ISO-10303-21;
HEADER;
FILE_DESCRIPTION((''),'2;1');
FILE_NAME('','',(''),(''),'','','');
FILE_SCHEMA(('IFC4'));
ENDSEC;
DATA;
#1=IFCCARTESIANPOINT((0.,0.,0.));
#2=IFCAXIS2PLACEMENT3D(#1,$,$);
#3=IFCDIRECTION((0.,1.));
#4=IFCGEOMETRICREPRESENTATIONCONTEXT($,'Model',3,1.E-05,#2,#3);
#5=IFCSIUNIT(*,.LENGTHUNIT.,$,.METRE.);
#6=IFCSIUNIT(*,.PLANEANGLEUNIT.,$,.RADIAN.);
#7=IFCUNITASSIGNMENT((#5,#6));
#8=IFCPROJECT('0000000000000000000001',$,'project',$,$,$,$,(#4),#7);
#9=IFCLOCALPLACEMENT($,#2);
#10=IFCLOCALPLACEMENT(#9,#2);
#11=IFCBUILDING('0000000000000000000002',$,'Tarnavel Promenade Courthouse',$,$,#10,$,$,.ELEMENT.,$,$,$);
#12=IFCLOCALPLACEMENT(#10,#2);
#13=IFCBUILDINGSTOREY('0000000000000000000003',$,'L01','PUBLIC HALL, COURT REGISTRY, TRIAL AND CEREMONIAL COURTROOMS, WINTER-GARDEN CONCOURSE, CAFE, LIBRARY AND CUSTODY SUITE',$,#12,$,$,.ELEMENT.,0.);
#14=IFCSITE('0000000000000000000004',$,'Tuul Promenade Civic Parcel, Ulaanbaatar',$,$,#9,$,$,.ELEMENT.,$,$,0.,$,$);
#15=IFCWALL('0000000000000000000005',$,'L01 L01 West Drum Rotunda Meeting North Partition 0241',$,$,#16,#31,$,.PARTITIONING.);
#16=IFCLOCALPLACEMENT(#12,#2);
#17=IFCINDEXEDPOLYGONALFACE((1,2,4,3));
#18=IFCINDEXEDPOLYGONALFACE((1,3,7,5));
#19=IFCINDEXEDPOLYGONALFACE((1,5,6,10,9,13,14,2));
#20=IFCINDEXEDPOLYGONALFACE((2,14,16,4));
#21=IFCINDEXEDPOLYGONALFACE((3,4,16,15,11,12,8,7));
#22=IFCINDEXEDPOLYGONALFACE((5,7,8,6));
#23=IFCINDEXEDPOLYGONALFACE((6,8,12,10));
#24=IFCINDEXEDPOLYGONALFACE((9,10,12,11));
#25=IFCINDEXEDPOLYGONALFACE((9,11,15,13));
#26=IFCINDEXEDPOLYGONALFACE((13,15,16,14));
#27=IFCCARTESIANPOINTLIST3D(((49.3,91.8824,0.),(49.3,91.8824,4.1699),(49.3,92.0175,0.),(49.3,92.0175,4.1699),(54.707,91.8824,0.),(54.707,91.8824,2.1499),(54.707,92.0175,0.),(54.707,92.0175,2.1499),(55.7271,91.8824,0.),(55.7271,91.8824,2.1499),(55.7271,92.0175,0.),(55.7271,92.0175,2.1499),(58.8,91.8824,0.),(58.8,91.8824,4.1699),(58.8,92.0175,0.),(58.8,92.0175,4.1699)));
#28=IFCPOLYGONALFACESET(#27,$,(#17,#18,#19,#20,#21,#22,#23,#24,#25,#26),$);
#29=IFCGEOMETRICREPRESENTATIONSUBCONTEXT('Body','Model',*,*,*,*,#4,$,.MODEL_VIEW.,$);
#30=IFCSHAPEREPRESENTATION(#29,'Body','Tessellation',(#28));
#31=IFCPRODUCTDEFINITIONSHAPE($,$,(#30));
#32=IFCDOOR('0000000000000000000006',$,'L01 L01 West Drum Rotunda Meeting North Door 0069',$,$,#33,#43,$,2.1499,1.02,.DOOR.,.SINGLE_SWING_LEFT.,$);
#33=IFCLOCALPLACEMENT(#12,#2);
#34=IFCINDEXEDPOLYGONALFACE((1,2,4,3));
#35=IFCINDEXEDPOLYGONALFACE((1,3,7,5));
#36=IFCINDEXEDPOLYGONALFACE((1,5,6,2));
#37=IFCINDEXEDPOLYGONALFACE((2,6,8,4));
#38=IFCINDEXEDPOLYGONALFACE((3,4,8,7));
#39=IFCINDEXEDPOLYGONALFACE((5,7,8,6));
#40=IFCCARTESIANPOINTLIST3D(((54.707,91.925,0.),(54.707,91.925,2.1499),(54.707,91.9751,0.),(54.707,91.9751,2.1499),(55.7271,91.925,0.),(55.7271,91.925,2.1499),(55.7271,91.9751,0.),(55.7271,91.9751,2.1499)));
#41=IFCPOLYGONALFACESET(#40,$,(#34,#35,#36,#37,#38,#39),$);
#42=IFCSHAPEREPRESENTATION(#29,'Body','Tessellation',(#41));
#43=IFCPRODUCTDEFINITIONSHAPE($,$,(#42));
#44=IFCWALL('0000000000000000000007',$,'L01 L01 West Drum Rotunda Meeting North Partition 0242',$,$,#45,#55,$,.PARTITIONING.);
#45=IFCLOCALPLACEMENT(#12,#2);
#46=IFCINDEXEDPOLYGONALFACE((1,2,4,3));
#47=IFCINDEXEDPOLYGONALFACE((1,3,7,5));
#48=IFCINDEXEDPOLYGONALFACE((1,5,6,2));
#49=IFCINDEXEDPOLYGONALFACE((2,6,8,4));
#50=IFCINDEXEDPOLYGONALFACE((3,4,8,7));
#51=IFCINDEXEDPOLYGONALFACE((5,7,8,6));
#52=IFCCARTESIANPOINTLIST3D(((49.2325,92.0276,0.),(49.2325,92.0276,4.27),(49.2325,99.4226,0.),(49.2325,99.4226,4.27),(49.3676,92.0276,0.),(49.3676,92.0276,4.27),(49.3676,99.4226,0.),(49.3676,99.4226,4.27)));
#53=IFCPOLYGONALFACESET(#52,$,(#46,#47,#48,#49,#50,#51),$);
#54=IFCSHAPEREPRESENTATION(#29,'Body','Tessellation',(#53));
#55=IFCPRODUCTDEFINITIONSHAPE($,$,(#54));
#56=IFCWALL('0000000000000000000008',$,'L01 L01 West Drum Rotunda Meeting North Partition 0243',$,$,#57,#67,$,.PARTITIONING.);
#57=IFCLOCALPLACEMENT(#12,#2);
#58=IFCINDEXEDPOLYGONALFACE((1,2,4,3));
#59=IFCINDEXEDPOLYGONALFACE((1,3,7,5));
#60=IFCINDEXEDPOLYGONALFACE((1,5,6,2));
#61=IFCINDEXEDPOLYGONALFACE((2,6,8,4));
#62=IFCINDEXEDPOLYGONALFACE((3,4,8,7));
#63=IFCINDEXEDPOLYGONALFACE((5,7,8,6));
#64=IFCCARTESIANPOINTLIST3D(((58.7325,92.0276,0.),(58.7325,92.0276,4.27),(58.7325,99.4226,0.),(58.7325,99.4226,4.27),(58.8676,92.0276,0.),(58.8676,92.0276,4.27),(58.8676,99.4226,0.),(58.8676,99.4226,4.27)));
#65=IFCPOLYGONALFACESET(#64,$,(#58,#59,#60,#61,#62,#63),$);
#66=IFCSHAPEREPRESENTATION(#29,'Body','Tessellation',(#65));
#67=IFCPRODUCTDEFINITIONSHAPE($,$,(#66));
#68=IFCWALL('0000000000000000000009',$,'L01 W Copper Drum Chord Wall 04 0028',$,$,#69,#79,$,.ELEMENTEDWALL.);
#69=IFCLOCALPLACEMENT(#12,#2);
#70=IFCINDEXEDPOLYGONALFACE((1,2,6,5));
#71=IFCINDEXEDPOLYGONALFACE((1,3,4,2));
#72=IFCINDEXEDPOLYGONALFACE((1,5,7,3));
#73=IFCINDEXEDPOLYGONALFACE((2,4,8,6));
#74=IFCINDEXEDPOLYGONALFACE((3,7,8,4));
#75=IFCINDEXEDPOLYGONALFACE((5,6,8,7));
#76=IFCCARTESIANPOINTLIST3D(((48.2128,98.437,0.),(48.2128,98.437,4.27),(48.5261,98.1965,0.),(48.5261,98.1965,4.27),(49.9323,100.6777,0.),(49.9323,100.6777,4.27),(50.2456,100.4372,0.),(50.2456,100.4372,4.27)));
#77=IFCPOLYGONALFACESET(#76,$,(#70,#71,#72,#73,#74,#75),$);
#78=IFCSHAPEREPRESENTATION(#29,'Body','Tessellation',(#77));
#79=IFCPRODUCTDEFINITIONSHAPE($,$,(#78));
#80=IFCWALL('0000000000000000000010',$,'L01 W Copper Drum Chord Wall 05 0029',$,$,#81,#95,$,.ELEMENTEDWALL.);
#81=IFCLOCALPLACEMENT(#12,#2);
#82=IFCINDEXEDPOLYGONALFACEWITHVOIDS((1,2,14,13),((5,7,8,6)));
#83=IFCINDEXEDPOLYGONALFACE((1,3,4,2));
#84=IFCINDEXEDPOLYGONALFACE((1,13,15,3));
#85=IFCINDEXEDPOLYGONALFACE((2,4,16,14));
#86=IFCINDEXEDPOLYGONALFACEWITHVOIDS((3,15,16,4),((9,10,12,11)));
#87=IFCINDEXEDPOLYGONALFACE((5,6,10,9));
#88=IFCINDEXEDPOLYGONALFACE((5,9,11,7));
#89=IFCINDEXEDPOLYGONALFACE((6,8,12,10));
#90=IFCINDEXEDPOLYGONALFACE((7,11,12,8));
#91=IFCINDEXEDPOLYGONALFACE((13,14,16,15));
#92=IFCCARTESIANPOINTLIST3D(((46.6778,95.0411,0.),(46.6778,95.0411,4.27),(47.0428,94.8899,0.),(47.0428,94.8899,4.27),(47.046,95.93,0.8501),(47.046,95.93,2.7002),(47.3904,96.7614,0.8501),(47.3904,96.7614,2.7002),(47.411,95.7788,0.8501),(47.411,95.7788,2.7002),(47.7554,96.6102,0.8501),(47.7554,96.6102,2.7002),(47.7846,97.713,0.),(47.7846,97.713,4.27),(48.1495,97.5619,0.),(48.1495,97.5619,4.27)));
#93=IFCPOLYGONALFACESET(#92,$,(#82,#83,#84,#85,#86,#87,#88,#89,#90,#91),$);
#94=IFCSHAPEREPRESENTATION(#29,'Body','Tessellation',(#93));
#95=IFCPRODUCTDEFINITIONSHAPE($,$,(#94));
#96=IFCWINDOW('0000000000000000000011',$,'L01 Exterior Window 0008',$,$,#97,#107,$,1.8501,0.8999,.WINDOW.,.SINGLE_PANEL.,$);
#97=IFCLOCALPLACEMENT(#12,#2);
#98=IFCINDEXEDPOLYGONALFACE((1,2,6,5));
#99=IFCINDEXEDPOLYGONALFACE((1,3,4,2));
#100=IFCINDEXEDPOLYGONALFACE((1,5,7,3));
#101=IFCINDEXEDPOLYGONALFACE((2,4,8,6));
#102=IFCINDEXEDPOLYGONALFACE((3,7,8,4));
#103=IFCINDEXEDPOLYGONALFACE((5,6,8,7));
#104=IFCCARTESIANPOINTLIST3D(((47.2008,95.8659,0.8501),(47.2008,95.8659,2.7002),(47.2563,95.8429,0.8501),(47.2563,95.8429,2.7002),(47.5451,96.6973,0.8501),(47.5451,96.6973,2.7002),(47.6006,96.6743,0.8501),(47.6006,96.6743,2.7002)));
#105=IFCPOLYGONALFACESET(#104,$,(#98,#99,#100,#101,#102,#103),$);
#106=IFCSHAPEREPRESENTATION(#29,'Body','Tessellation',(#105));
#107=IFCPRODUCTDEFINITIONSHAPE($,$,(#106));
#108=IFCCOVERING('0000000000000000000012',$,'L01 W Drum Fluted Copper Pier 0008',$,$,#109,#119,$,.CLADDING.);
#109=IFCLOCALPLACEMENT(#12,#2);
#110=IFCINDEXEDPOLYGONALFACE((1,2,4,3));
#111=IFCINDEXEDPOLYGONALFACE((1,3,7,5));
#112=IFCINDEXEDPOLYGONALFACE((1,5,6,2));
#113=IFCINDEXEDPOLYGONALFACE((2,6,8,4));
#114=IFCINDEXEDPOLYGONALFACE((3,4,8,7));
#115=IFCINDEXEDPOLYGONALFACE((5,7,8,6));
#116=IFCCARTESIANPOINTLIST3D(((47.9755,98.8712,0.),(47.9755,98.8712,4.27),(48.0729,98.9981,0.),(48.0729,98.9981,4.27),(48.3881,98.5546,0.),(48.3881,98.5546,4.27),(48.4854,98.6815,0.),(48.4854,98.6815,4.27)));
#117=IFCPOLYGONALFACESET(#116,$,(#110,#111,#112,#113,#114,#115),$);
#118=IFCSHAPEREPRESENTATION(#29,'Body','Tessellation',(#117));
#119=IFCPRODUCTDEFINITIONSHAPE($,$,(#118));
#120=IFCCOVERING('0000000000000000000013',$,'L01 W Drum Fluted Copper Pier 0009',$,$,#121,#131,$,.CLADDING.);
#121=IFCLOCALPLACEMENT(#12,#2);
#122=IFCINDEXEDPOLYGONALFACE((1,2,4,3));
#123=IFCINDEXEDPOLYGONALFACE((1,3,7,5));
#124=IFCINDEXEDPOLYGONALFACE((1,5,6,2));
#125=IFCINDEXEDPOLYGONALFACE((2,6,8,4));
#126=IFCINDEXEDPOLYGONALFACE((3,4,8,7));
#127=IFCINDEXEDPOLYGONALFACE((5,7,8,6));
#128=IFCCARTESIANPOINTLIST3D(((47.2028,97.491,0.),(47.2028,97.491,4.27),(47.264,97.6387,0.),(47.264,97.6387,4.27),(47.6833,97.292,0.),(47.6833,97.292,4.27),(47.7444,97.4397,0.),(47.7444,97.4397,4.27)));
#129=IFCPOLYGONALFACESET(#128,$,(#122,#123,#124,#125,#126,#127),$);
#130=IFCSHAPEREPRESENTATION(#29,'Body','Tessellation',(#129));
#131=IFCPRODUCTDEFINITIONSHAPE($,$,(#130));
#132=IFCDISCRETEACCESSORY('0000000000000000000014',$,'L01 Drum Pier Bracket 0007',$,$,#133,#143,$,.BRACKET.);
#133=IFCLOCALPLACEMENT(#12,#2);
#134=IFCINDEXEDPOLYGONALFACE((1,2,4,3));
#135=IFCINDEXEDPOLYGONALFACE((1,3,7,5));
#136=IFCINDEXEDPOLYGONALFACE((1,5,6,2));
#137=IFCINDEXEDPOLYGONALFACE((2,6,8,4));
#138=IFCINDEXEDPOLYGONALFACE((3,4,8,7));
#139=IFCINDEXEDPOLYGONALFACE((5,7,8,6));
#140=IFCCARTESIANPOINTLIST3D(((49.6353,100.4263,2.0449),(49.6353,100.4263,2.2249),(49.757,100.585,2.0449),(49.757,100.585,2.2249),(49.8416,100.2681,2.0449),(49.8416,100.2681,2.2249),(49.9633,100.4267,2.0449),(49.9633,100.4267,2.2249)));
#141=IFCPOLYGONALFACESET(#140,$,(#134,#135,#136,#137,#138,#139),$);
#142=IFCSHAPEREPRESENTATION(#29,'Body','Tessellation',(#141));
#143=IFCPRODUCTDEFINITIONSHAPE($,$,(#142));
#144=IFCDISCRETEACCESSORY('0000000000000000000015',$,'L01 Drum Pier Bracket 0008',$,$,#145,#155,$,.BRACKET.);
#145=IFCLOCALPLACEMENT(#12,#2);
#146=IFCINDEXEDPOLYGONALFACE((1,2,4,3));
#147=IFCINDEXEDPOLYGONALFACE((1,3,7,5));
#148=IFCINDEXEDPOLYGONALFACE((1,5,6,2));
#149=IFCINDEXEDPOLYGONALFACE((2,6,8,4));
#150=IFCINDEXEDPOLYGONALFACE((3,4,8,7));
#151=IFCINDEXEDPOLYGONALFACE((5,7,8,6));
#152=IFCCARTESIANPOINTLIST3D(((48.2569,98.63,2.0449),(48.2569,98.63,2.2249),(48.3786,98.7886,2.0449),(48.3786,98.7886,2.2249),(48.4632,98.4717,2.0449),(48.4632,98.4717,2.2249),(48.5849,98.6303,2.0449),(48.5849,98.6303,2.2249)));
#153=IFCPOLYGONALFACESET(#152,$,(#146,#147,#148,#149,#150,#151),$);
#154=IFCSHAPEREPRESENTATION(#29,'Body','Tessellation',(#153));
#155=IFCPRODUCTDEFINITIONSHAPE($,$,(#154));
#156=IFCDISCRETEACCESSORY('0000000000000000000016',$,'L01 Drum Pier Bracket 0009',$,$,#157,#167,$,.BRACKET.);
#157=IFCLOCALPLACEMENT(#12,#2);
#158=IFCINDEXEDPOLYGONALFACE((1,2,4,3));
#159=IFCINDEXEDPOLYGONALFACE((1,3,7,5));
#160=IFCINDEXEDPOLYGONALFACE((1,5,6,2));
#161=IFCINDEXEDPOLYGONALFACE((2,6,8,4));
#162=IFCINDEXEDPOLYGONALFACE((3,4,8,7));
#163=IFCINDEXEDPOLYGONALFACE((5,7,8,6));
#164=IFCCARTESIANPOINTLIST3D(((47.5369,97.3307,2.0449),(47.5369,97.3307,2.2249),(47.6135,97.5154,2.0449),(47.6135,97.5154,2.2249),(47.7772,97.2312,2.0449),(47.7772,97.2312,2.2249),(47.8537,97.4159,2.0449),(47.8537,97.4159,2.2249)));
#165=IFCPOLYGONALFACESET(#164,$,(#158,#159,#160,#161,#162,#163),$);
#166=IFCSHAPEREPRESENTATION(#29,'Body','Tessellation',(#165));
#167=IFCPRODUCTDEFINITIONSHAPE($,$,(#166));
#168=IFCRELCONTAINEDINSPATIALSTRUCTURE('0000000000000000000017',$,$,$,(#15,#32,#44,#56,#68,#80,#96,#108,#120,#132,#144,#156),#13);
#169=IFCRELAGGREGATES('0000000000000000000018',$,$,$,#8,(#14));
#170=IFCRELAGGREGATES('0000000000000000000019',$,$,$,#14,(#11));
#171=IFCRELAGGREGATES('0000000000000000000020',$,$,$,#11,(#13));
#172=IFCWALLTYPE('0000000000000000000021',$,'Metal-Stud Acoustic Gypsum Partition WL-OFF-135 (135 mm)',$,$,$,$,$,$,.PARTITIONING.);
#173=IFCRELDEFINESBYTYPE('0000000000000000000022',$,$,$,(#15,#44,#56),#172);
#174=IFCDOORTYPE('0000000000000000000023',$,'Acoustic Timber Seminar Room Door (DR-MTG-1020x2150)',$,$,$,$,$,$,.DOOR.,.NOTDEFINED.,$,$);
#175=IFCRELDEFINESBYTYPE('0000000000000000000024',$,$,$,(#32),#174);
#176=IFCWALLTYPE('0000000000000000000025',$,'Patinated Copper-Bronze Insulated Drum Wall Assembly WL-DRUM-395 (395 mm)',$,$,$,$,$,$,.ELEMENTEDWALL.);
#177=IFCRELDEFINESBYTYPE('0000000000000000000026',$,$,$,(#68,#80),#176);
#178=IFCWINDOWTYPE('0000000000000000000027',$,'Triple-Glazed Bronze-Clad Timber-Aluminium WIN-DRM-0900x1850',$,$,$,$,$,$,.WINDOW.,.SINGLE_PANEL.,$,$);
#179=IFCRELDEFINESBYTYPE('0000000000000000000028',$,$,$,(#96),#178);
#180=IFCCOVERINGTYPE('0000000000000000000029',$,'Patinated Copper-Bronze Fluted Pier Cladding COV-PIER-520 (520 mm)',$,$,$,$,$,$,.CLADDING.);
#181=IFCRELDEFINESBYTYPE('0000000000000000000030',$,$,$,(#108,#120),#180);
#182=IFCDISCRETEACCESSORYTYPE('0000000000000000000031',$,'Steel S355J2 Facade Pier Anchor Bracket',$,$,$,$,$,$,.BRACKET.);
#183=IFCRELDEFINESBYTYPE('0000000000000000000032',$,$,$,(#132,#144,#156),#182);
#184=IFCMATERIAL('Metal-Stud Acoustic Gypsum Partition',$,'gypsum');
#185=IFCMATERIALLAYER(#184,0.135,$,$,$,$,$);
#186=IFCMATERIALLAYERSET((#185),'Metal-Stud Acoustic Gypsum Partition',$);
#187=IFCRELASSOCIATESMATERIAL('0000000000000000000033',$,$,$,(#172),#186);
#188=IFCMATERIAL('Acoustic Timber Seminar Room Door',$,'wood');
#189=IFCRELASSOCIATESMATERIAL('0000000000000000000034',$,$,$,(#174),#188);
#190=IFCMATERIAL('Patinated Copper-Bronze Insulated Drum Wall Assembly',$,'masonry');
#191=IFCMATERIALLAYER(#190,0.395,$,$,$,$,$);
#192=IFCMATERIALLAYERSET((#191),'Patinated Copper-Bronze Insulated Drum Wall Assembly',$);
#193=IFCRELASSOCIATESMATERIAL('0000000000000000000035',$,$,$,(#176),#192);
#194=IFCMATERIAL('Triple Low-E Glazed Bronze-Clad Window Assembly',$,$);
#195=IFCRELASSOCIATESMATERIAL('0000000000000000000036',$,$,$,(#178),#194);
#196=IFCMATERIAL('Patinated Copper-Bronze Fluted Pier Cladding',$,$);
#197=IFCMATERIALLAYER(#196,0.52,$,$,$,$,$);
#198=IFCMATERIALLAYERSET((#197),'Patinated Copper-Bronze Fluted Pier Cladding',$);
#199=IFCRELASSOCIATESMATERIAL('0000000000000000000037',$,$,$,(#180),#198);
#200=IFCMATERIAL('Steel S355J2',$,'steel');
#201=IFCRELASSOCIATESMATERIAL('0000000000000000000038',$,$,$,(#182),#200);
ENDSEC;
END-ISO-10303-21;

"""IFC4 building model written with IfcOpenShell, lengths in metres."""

from ifc_helpers import new_model, si_unit, direction, frame, frame_2d, origin, origin_2d, place, context, subcontext, project, spatial, rectangle, extrude, material, layer, layer_set, type_object, element, fill, save


model = new_model("IFC4")

# Units and contexts
model_context = context("Model", 3, precision=1e-05, world=origin(), true_north=direction((0.0, 1.0)))
body_context = subcontext(model_context, "Body", "Model", "MODEL_VIEW")
ifc_project = project(units=[si_unit("LENGTHUNIT", "METRE"), si_unit("PLANEANGLEUNIT", "RADIAN")], contexts=[model_context])

# Site, building, storey
site_placement = place(None, origin())
site = spatial("IfcSite", under=ifc_project, at=site_placement, Name="Tuul Promenade Civic Parcel, Ulaanbaatar", CompositionType="ELEMENT", RefElevation=0.0)
building_placement = place(site_placement, origin())
building = spatial("IfcBuilding", under=site, at=building_placement, Name="Tarnavel Promenade Courthouse", CompositionType="ELEMENT")
storey_placement = place(building_placement, origin())
storey = spatial("IfcBuildingStorey", under=building, at=storey_placement, Name="L01", Description="PUBLIC HALL, COURT REGISTRY, TRIAL AND CEREMONIAL COURTROOMS, WINTER-GARDEN CONCOURSE, CAFE, LIBRARY AND CUSTODY SUITE", CompositionType="ELEMENT", Elevation=0.0)

# Shared definitions
ifc_material_1 = material(Name="Steel S355J2", Category="steel")

# Shared definitions
ifc_material_2 = material(Name="Metal-Stud Acoustic Gypsum Partition", Category="gypsum")
ifc_layer_1 = layer(ifc_material_2, 0.135)
ifc_layer_set_1 = layer_set([ifc_layer_1], Name="Metal-Stud Acoustic Gypsum Partition")
wall_type_1 = type_object("IfcWallType", Name="Metal-Stud Acoustic Gypsum Partition WL-OFF-135 (135 mm)", PredefinedType="PARTITIONING", material=ifc_layer_set_1)

# Wall, opening, door
wall_1_placement = place(storey_placement, frame((58.8, 91.95, 0.0), z_axis=(0.0, 0.0, 1.0), x_axis=(-1.0, 0.0, 0.0)))
wall_1 = element("IfcWall", 1, at=wall_1_placement, inside=storey, type_object=wall_type_1, Name="L01 L01 West Drum Rotunda Meeting North Partition 0241", PredefinedType="PARTITIONING", context=body_context, shape_type="SweptSolid", body=[
    extrude(rectangle(XDim=9.5, YDim=0.135, at=frame_2d((4.75, 0.0))), origin(), (0.0, 0.0, 1.0), 4.1699),
])
opening_1_placement = place(wall_1_placement, frame((3.073, 0.0, 0.0)))
opening_1 = element("IfcOpeningElement", 2, at=opening_1_placement, cuts=wall_1, PredefinedType="OPENING", context=body_context, shape_type="SweptSolid", body=[
    extrude(rectangle(XDim=1.02, YDim=2.1499, at=frame_2d((0.51, 1.075))), frame((0.0, 0.0774, 0.0), z_axis=(0.0, -1.0, 0.0), x_axis=(1.0, 0.0, 0.0)), (0.0, 0.0, 1.0), 0.155),
])
ifc_material_3 = material(Name="Acoustic Timber Seminar Room Door", Category="wood")
door_type = type_object("IfcDoorType", Name="Acoustic Timber Seminar Room Door (DR-MTG-1020x2150)", OperationType="NOTDEFINED", PredefinedType="DOOR", material=ifc_material_3)
door_placement = place(opening_1_placement, origin())
door = element("IfcDoor", 3, at=door_placement, inside=storey, type_object=door_type, Name="L01 L01 West Drum Rotunda Meeting North Door 0069", OperationType="SINGLE_SWING_LEFT", OverallHeight=2.1499, OverallWidth=1.02, PredefinedType="DOOR", context=body_context, shape_type="SweptSolid", body=[
    extrude(rectangle(XDim=1.02, YDim=2.1499, at=frame_2d((0.51, 1.075))), frame((0.0, 0.0249, 0.0), z_axis=(0.0, -1.0, 0.0), x_axis=(1.0, 0.0, 0.0)), (0.0, 0.0, 1.0), 0.05),
])
fill(opening_1, door)

# Walls
for number, where, z_axis, x_axis, name in (
    (4, (49.3, 92.0276, 0.0), (0.0, 0.0, 1.0), (0.0, 1.0, 0.0), "L01 L01 West Drum Rotunda Meeting North Partition 0242"),
    (5, (58.8, 99.4226, 0.0), (0.0, 0.0, 1.0), (0.0, -1.0, 0.0), "L01 L01 West Drum Rotunda Meeting North Partition 0243"),
):
    element("IfcWall", number, at=place(storey_placement, frame(where, z_axis=z_axis, x_axis=x_axis)), inside=storey, type_object=wall_type_1, Name=name, PredefinedType="PARTITIONING", context=body_context, shape_type="SweptSolid", body=[
        extrude(rectangle(XDim=7.395, YDim=0.135, at=frame_2d((3.6975, 0.0))), origin(), (0.0, 0.0, 1.0), 4.27),
    ])
ifc_material_4 = material(Name="Patinated Copper-Bronze Insulated Drum Wall Assembly", Category="masonry")
ifc_layer_2 = layer(ifc_material_4, 0.395)
ifc_layer_set_2 = layer_set([ifc_layer_2], Name="Patinated Copper-Bronze Insulated Drum Wall Assembly")
wall_type_2 = type_object("IfcWallType", Name="Patinated Copper-Bronze Insulated Drum Wall Assembly WL-DRUM-395 (395 mm)", PredefinedType="ELEMENTEDWALL", material=ifc_layer_set_2)
wall_2_placement = place(storey_placement, frame((50.0889, 100.5574, 0.0), z_axis=(0.0, 0.0, 1.0), x_axis=(-0.608787, -0.793334, 0.0)))
element("IfcWall", 6, at=wall_2_placement, inside=storey, type_object=wall_type_2, Name="L01 W Copper Drum Chord Wall 04 0028", PredefinedType="ELEMENTEDWALL", context=body_context, shape_type="SweptSolid", body=[
    extrude(rectangle(XDim=2.8245, YDim=0.395, at=frame_2d((1.4121, 0.0))), origin(), (0.0, 0.0, 1.0), 4.27),
])

# Wall, opening, window
wall_3_placement = place(storey_placement, frame((47.967, 97.6375, 0.0), z_axis=(0.0, 0.0, 1.0), x_axis=(-0.382672, -0.923884, 0.0)))
wall_3 = element("IfcWall", 7, at=wall_3_placement, inside=storey, type_object=wall_type_2, Name="L01 W Copper Drum Chord Wall 05 0029", PredefinedType="ELEMENTEDWALL", context=body_context, shape_type="SweptSolid", body=[
    extrude(rectangle(XDim=2.8921, YDim=0.395, at=frame_2d((1.446, 0.0))), origin(), (0.0, 0.0, 1.0), 4.27),
])
opening_2_placement = place(wall_3_placement, frame((1.03, 0.0, 0.8501)))
opening_2 = element("IfcOpeningElement", 8, at=opening_2_placement, cuts=wall_3, PredefinedType="OPENING", context=body_context, shape_type="SweptSolid", body=[
    extrude(rectangle(XDim=0.8999, YDim=1.8501, at=frame_2d((0.45, 0.925))), frame((0.0, 0.2075, 0.0), z_axis=(0.0, -1.0, 0.0), x_axis=(1.0, 0.0, 0.0)), (0.0, 0.0, 1.0), 0.415),
])
ifc_material_5 = material(Name="Triple Low-E Glazed Bronze-Clad Window Assembly")
window_type = type_object("IfcWindowType", Name="Triple-Glazed Bronze-Clad Timber-Aluminium WIN-DRM-0900x1850", PartitioningType="SINGLE_PANEL", PredefinedType="WINDOW", material=ifc_material_5)
window_placement = place(opening_2_placement, origin())
window = element("IfcWindow", 9, at=window_placement, inside=storey, type_object=window_type, Name="L01 Exterior Window 0008", OverallHeight=1.8501, OverallWidth=0.8999, PartitioningType="SINGLE_PANEL", PredefinedType="WINDOW", context=body_context, shape_type="SweptSolid", body=[
    extrude(rectangle(XDim=0.8999, YDim=1.8501, at=frame_2d((0.45, 0.925))), frame((0.0, 0.03, 0.0), z_axis=(0.0, -1.0, 0.0), x_axis=(1.0, 0.0, 0.0)), (0.0, 0.0, 1.0), 0.0601),
])
fill(opening_2, window)

# Coverings
ifc_material_6 = material(Name="Patinated Copper-Bronze Fluted Pier Cladding")
ifc_layer_3 = layer(ifc_material_6, 0.52)
ifc_layer_set_3 = layer_set([ifc_layer_3], Name="Patinated Copper-Bronze Fluted Pier Cladding")
covering_type = type_object("IfcCoveringType", Name="Patinated Copper-Bronze Fluted Pier Cladding COV-PIER-520 (520 mm)", PredefinedType="CLADDING", material=ifc_layer_set_3)
for number, where, z_axis, x_axis, name in (
    (10, (48.2305, 98.7764, 0.0), (0.0, 0.0, 1.0), (-0.608761, -0.793353, 0.0), "L01 W Drum Fluted Copper Pier 0008"),
    (11, (47.4736, 97.4653, 0.0), (0.0, 0.0, 1.0), (-0.382683, -0.92388, 0.0), "L01 W Drum Fluted Copper Pier 0009"),
):
    element("IfcCovering", number, at=place(storey_placement, frame(where, z_axis=z_axis, x_axis=x_axis)), inside=storey, type_object=covering_type, Name=name, PredefinedType="CLADDING", context=body_context, shape_type="SweptSolid", body=[
        extrude(rectangle(XDim=0.1599, YDim=0.52, at=origin_2d()), origin(), (0.0, 0.0, 1.0), 4.27),
    ])

# Discrete accessories
discrete_accessory_type = type_object("IfcDiscreteAccessoryType", Name="Steel S355J2 Facade Pier Anchor Bracket", PredefinedType="BRACKET", material=ifc_material_1)
for number, where, z_axis, x_axis, name in (
    (12, (49.7993, 100.4265, 2.0449), (0.0, 0.0, 1.0), (-0.608761, -0.793353, 0.0), "L01 Drum Pier Bracket 0007"),
    (13, (48.4209, 98.6301, 2.0449), (0.0, 0.0, 1.0), (-0.608761, -0.793353, 0.0), "L01 Drum Pier Bracket 0008"),
    (14, (47.6953, 97.3733, 2.0449), (0.0, 0.0, 1.0), (-0.382683, -0.92388, 0.0), "L01 Drum Pier Bracket 0009"),
):
    element("IfcDiscreteAccessory", number, at=place(storey_placement, frame(where, z_axis=z_axis, x_axis=x_axis)), inside=storey, type_object=discrete_accessory_type, Name=name, PredefinedType="BRACKET", context=body_context, shape_type="SweptSolid", body=[
        extrude(rectangle(XDim=0.2, YDim=0.26, at=origin_2d()), origin(), (0.0, 0.0, 1.0), 0.1799),
    ])

save(model, "model.ifc")
